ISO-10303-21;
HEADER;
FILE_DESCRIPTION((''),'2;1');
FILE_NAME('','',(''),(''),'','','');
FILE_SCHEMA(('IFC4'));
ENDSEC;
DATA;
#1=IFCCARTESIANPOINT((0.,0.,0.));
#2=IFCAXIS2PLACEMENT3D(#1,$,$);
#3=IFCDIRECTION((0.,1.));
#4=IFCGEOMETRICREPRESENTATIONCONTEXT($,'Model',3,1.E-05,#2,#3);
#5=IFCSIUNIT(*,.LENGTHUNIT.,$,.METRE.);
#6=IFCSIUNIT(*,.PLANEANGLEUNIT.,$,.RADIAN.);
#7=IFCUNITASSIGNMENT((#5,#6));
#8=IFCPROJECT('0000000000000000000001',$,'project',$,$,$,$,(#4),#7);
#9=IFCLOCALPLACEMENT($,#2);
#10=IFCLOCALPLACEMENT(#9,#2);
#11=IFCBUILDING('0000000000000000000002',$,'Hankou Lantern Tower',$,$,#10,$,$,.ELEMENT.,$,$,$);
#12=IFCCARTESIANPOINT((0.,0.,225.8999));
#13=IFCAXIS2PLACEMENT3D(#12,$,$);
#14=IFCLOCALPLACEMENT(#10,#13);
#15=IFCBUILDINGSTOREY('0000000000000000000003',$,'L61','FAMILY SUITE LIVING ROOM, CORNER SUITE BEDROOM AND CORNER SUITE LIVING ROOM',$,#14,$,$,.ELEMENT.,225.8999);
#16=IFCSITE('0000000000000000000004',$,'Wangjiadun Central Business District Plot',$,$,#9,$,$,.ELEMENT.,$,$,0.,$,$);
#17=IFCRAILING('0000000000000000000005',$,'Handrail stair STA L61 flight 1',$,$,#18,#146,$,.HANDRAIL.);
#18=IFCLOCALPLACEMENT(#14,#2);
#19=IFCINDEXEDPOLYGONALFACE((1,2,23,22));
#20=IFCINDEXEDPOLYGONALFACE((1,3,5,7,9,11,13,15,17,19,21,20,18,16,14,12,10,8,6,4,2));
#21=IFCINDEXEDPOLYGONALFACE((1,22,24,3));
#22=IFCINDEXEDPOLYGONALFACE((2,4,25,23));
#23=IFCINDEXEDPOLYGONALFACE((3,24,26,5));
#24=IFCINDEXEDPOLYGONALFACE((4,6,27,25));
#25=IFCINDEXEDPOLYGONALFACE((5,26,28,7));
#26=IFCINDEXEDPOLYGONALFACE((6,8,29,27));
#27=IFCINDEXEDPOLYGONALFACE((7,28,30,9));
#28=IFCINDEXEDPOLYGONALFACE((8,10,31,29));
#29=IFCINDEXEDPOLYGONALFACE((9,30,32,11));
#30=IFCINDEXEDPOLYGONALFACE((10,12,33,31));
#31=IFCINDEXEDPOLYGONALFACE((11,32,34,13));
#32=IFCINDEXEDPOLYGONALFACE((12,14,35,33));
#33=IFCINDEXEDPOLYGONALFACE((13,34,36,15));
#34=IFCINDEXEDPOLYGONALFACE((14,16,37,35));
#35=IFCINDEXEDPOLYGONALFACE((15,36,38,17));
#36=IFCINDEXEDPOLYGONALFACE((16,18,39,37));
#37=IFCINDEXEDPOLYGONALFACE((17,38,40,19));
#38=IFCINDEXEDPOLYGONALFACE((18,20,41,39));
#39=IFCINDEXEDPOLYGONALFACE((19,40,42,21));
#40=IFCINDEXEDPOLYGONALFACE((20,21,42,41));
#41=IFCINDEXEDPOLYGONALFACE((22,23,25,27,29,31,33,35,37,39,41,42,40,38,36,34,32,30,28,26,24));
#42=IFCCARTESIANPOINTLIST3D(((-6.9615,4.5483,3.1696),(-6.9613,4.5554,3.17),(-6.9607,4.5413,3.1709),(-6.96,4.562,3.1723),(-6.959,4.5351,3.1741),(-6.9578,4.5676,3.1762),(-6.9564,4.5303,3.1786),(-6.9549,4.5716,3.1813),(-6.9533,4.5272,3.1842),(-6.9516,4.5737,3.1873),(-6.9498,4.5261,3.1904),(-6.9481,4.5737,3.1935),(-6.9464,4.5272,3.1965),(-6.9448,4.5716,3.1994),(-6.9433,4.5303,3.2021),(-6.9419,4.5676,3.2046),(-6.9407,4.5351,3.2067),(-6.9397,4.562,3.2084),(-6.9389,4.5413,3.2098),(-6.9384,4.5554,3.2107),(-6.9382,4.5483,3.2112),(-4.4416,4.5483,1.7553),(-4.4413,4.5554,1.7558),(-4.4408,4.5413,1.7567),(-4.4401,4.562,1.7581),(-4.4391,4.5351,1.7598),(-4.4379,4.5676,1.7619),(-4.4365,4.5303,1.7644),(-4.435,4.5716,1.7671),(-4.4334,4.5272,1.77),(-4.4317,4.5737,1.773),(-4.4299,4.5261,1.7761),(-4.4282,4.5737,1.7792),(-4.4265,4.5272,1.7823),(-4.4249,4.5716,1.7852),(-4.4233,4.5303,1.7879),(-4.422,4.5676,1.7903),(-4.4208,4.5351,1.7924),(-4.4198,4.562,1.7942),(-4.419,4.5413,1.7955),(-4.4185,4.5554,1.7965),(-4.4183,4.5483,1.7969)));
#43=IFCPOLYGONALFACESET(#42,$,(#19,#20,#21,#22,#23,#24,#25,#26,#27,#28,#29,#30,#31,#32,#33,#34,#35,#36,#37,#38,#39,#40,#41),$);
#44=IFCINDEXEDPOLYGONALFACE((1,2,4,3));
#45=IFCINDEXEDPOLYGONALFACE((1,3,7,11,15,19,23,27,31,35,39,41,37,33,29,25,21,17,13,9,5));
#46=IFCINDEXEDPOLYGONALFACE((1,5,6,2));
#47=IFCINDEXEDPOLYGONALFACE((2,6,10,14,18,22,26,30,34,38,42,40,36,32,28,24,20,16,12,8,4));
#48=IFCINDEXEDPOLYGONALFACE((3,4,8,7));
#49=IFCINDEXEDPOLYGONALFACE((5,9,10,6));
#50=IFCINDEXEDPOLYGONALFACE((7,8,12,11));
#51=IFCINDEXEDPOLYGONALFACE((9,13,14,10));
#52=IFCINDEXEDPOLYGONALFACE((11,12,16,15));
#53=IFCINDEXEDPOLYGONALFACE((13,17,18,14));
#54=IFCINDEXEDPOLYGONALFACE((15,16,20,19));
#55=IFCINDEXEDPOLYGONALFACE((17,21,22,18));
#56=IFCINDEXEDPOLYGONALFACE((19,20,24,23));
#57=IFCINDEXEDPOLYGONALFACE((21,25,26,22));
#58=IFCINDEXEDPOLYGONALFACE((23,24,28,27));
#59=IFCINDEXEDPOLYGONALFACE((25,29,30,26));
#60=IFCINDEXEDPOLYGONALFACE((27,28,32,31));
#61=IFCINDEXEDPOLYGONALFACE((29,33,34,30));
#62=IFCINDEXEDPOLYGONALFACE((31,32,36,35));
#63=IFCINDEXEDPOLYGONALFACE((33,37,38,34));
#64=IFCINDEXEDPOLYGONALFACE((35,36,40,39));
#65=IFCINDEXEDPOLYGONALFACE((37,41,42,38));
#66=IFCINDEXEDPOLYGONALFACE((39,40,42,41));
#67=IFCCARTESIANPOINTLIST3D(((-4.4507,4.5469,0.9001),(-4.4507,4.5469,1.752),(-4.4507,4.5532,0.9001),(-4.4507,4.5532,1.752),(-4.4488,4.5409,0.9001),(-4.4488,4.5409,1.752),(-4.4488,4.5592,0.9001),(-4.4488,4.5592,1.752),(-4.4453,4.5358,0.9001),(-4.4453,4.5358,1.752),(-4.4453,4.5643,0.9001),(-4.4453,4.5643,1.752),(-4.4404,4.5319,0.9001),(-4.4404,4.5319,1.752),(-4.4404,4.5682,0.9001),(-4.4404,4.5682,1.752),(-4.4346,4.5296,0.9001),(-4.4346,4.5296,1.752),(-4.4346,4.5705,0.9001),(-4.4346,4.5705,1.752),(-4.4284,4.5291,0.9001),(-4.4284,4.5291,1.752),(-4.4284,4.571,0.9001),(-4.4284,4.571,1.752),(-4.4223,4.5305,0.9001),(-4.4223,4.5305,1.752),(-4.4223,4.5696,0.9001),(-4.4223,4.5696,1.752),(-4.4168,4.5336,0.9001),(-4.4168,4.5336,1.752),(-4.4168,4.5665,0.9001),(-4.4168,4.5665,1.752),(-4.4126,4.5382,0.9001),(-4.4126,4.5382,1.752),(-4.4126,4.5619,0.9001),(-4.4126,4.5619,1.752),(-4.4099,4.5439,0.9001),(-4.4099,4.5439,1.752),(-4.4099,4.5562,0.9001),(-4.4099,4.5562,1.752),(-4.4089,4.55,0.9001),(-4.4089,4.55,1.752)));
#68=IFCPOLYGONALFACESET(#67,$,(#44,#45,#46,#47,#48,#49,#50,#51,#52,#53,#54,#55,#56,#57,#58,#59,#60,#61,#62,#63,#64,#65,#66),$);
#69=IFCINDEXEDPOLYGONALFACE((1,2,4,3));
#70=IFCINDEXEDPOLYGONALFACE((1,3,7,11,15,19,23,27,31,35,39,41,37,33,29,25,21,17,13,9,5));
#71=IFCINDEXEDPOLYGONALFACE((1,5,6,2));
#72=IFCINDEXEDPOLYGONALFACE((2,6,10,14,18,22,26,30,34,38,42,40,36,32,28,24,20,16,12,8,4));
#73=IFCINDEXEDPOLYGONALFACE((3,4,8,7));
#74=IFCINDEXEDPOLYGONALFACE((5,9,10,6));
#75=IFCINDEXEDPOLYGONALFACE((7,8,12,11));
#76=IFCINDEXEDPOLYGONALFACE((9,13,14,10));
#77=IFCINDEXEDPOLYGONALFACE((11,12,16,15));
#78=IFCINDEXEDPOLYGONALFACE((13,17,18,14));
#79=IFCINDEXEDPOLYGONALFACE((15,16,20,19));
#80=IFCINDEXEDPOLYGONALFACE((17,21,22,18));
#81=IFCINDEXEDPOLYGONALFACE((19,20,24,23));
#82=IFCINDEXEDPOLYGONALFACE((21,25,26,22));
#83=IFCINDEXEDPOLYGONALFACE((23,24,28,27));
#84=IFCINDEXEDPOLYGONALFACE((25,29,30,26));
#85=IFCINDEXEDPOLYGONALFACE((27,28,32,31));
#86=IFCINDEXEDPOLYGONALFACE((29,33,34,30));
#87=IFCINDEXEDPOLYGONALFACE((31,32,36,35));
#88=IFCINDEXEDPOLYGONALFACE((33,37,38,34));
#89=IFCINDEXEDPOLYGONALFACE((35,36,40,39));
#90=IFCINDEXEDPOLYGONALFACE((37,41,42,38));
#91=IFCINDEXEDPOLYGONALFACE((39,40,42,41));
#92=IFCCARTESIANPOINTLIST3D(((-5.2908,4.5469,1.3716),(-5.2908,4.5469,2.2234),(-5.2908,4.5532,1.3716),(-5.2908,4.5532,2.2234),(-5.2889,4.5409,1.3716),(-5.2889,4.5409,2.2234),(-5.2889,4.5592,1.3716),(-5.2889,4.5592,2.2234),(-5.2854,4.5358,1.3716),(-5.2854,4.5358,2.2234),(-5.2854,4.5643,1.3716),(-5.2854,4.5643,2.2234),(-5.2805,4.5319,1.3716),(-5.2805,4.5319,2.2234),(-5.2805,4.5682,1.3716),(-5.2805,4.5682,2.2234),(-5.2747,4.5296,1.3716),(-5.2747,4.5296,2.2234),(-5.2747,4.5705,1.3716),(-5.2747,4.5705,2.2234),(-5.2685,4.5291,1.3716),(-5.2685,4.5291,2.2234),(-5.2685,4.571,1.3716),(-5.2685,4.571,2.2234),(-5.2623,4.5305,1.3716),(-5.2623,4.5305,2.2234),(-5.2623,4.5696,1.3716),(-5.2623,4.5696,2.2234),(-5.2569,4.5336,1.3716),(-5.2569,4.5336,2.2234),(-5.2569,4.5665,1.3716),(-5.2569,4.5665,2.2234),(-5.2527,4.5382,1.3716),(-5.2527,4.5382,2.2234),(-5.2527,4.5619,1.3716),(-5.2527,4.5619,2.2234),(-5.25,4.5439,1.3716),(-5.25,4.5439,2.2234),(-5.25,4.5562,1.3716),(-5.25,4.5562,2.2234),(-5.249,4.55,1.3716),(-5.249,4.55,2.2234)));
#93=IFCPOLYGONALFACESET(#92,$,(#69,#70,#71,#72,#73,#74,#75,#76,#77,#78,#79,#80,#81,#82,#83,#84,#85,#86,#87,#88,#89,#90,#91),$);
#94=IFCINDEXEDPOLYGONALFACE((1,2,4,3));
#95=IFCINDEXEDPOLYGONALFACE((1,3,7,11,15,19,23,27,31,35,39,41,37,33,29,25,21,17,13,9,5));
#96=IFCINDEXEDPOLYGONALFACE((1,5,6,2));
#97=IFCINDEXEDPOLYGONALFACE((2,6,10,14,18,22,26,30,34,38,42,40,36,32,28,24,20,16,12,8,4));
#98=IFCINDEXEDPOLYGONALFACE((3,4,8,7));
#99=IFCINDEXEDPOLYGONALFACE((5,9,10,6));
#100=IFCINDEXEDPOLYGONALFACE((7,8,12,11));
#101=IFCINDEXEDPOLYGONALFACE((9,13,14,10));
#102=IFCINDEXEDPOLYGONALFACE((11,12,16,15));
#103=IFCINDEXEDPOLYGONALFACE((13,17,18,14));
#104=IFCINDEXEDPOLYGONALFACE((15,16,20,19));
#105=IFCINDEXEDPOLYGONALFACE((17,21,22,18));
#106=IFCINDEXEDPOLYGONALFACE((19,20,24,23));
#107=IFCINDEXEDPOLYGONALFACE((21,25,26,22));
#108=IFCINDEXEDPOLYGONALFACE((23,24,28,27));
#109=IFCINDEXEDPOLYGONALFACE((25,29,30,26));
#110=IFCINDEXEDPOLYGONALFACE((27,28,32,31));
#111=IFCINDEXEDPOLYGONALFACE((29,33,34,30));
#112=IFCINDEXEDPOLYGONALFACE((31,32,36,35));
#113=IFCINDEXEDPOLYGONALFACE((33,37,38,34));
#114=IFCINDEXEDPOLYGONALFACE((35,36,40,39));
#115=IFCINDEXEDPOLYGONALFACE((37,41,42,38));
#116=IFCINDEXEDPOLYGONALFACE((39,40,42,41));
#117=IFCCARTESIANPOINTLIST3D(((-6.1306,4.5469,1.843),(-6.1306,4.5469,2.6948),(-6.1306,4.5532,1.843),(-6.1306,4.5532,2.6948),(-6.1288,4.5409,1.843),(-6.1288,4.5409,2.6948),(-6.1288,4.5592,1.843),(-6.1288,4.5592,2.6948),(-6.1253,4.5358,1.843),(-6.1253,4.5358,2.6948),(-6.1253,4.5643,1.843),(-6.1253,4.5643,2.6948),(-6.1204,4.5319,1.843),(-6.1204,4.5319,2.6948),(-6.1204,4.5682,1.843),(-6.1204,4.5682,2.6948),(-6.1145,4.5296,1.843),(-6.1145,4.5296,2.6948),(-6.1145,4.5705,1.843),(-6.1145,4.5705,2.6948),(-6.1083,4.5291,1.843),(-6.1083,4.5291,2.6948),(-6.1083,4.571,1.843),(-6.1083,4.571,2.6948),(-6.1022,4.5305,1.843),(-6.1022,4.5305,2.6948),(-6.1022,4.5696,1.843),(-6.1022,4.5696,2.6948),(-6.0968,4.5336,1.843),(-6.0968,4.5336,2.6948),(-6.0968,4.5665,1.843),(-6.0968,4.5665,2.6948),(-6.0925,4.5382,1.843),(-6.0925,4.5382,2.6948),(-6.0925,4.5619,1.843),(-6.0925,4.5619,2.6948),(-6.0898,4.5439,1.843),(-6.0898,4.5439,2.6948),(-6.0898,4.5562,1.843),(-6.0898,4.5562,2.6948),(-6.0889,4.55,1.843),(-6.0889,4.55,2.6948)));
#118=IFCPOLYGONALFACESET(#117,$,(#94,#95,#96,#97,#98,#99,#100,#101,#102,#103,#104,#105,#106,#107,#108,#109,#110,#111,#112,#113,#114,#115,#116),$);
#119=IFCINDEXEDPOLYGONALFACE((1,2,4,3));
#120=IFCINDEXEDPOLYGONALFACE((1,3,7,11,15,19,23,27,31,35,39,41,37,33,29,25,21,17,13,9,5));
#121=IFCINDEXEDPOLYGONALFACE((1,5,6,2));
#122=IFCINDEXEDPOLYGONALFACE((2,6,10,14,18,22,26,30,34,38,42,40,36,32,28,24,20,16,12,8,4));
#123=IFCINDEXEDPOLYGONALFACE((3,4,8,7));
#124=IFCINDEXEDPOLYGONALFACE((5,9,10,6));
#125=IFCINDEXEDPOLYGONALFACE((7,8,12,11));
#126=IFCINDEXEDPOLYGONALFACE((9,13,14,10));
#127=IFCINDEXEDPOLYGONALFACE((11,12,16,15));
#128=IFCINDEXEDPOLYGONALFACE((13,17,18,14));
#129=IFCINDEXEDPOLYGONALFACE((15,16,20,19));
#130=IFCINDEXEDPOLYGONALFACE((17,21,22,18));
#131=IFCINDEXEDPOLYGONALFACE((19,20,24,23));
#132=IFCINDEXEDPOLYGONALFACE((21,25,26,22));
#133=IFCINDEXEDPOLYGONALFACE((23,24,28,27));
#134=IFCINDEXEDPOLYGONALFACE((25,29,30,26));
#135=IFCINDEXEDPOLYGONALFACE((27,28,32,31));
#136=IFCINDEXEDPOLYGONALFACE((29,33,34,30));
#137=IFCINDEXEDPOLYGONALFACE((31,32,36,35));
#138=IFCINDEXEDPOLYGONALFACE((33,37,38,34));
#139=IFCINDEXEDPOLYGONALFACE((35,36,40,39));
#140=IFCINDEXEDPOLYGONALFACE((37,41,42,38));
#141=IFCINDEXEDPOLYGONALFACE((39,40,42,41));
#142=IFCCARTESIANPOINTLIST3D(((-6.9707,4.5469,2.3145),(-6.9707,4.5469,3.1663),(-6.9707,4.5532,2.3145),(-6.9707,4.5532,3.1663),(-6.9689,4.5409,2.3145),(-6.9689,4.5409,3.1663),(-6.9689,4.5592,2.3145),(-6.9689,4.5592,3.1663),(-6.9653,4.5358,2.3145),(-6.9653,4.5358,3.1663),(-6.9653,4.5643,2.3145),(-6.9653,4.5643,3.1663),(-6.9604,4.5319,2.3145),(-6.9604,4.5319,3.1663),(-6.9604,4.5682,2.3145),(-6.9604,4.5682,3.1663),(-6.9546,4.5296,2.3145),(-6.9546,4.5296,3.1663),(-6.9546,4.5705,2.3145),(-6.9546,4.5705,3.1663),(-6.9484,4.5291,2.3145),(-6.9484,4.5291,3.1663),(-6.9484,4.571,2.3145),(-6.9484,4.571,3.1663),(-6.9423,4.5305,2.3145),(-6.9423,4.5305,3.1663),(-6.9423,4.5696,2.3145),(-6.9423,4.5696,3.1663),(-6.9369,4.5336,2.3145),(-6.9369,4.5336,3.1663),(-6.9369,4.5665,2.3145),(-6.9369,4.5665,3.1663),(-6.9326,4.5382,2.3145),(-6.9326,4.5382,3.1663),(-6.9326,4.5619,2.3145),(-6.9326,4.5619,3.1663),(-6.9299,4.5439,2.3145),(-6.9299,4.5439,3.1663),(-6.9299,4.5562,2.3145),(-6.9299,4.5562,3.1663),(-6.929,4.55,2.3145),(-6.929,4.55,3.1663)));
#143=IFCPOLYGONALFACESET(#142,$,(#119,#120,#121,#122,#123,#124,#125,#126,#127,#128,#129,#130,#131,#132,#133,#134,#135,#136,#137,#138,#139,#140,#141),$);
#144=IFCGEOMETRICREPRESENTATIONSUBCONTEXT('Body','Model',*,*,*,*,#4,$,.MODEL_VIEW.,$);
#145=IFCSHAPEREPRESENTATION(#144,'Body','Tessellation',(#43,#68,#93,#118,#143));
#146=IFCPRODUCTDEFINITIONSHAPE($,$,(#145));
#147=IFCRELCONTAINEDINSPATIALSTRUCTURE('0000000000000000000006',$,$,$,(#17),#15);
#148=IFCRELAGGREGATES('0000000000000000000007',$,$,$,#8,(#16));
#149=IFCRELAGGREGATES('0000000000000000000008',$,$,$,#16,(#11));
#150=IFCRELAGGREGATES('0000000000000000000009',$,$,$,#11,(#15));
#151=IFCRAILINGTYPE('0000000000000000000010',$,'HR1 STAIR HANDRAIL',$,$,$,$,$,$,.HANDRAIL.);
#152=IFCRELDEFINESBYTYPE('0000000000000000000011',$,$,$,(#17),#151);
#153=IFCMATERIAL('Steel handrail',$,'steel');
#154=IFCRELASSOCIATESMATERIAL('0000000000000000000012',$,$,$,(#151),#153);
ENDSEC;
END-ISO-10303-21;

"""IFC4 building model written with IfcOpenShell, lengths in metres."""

from ifc_helpers import new_model, si_unit, direction, frame, origin, origin_2d, place, context, subcontext, project, spatial, circle, extrude, material, type_object, element, save


model = new_model("IFC4")

# Units and contexts
model_context = context("Model", 3, precision=1e-05, world=origin(), true_north=direction((0.0, 1.0)))
body_context = subcontext(model_context, "Body", "Model", "MODEL_VIEW")
ifc_project = project(units=[si_unit("LENGTHUNIT", "METRE"), si_unit("PLANEANGLEUNIT", "RADIAN")], contexts=[model_context])

# Site, building, storey
site_placement = place(None, origin())
site = spatial("IfcSite", under=ifc_project, at=site_placement, Name="Wangjiadun Central Business District Plot", CompositionType="ELEMENT", RefElevation=0.0)
building_placement = place(site_placement, origin())
building = spatial("IfcBuilding", under=site, at=building_placement, Name="Hankou Lantern Tower", CompositionType="ELEMENT")
storey_placement = place(building_placement, frame((0.0, 0.0, 225.8999)))
storey = spatial("IfcBuildingStorey", under=building, at=storey_placement, Name="L61", Description="FAMILY SUITE LIVING ROOM, CORNER SUITE BEDROOM AND CORNER SUITE LIVING ROOM", CompositionType="ELEMENT", Elevation=225.8999)

# Railing
ifc_material_1 = material(Name="Steel handrail", Category="steel")
railing_type = type_object("IfcRailingType", Name="HR1 STAIR HANDRAIL", PredefinedType="HANDRAIL", material=ifc_material_1)
railing_1_placement = place(storey_placement, frame((-4.4299, 4.55, 0.9001)))
element("IfcRailing", 1, at=railing_1_placement, inside=storey, type_object=railing_type, Name="Handrail stair STA L61 flight 1", PredefinedType="HANDRAIL", context=body_context, shape_type="SweptSolid", body=[
    extrude(circle(Radius=0.0239, at=origin_2d()), frame((0.0, 0.0, 0.876), z_axis=(-0.872049, 0.0, 0.489419), x_axis=(0.0, -1.0, 0.0)), (0.0, 0.0, 1.0), 2.8896),
    extrude(circle(Radius=0.021, at=origin_2d()), origin(), (0.0, 0.0, 1.0), 0.8518),
    extrude(circle(Radius=0.021, at=origin_2d()), frame((-0.8401, 0.0, 0.4714)), (0.0, 0.0, 1.0), 0.8518),
    extrude(circle(Radius=0.021, at=origin_2d()), frame((-1.6799, 0.0, 0.9429)), (0.0, 0.0, 1.0), 0.8518),
    extrude(circle(Radius=0.021, at=origin_2d()), frame((-2.52, 0.0, 1.4143)), (0.0, 0.0, 1.0), 0.8518),
])

save(model, "model.ifc")
